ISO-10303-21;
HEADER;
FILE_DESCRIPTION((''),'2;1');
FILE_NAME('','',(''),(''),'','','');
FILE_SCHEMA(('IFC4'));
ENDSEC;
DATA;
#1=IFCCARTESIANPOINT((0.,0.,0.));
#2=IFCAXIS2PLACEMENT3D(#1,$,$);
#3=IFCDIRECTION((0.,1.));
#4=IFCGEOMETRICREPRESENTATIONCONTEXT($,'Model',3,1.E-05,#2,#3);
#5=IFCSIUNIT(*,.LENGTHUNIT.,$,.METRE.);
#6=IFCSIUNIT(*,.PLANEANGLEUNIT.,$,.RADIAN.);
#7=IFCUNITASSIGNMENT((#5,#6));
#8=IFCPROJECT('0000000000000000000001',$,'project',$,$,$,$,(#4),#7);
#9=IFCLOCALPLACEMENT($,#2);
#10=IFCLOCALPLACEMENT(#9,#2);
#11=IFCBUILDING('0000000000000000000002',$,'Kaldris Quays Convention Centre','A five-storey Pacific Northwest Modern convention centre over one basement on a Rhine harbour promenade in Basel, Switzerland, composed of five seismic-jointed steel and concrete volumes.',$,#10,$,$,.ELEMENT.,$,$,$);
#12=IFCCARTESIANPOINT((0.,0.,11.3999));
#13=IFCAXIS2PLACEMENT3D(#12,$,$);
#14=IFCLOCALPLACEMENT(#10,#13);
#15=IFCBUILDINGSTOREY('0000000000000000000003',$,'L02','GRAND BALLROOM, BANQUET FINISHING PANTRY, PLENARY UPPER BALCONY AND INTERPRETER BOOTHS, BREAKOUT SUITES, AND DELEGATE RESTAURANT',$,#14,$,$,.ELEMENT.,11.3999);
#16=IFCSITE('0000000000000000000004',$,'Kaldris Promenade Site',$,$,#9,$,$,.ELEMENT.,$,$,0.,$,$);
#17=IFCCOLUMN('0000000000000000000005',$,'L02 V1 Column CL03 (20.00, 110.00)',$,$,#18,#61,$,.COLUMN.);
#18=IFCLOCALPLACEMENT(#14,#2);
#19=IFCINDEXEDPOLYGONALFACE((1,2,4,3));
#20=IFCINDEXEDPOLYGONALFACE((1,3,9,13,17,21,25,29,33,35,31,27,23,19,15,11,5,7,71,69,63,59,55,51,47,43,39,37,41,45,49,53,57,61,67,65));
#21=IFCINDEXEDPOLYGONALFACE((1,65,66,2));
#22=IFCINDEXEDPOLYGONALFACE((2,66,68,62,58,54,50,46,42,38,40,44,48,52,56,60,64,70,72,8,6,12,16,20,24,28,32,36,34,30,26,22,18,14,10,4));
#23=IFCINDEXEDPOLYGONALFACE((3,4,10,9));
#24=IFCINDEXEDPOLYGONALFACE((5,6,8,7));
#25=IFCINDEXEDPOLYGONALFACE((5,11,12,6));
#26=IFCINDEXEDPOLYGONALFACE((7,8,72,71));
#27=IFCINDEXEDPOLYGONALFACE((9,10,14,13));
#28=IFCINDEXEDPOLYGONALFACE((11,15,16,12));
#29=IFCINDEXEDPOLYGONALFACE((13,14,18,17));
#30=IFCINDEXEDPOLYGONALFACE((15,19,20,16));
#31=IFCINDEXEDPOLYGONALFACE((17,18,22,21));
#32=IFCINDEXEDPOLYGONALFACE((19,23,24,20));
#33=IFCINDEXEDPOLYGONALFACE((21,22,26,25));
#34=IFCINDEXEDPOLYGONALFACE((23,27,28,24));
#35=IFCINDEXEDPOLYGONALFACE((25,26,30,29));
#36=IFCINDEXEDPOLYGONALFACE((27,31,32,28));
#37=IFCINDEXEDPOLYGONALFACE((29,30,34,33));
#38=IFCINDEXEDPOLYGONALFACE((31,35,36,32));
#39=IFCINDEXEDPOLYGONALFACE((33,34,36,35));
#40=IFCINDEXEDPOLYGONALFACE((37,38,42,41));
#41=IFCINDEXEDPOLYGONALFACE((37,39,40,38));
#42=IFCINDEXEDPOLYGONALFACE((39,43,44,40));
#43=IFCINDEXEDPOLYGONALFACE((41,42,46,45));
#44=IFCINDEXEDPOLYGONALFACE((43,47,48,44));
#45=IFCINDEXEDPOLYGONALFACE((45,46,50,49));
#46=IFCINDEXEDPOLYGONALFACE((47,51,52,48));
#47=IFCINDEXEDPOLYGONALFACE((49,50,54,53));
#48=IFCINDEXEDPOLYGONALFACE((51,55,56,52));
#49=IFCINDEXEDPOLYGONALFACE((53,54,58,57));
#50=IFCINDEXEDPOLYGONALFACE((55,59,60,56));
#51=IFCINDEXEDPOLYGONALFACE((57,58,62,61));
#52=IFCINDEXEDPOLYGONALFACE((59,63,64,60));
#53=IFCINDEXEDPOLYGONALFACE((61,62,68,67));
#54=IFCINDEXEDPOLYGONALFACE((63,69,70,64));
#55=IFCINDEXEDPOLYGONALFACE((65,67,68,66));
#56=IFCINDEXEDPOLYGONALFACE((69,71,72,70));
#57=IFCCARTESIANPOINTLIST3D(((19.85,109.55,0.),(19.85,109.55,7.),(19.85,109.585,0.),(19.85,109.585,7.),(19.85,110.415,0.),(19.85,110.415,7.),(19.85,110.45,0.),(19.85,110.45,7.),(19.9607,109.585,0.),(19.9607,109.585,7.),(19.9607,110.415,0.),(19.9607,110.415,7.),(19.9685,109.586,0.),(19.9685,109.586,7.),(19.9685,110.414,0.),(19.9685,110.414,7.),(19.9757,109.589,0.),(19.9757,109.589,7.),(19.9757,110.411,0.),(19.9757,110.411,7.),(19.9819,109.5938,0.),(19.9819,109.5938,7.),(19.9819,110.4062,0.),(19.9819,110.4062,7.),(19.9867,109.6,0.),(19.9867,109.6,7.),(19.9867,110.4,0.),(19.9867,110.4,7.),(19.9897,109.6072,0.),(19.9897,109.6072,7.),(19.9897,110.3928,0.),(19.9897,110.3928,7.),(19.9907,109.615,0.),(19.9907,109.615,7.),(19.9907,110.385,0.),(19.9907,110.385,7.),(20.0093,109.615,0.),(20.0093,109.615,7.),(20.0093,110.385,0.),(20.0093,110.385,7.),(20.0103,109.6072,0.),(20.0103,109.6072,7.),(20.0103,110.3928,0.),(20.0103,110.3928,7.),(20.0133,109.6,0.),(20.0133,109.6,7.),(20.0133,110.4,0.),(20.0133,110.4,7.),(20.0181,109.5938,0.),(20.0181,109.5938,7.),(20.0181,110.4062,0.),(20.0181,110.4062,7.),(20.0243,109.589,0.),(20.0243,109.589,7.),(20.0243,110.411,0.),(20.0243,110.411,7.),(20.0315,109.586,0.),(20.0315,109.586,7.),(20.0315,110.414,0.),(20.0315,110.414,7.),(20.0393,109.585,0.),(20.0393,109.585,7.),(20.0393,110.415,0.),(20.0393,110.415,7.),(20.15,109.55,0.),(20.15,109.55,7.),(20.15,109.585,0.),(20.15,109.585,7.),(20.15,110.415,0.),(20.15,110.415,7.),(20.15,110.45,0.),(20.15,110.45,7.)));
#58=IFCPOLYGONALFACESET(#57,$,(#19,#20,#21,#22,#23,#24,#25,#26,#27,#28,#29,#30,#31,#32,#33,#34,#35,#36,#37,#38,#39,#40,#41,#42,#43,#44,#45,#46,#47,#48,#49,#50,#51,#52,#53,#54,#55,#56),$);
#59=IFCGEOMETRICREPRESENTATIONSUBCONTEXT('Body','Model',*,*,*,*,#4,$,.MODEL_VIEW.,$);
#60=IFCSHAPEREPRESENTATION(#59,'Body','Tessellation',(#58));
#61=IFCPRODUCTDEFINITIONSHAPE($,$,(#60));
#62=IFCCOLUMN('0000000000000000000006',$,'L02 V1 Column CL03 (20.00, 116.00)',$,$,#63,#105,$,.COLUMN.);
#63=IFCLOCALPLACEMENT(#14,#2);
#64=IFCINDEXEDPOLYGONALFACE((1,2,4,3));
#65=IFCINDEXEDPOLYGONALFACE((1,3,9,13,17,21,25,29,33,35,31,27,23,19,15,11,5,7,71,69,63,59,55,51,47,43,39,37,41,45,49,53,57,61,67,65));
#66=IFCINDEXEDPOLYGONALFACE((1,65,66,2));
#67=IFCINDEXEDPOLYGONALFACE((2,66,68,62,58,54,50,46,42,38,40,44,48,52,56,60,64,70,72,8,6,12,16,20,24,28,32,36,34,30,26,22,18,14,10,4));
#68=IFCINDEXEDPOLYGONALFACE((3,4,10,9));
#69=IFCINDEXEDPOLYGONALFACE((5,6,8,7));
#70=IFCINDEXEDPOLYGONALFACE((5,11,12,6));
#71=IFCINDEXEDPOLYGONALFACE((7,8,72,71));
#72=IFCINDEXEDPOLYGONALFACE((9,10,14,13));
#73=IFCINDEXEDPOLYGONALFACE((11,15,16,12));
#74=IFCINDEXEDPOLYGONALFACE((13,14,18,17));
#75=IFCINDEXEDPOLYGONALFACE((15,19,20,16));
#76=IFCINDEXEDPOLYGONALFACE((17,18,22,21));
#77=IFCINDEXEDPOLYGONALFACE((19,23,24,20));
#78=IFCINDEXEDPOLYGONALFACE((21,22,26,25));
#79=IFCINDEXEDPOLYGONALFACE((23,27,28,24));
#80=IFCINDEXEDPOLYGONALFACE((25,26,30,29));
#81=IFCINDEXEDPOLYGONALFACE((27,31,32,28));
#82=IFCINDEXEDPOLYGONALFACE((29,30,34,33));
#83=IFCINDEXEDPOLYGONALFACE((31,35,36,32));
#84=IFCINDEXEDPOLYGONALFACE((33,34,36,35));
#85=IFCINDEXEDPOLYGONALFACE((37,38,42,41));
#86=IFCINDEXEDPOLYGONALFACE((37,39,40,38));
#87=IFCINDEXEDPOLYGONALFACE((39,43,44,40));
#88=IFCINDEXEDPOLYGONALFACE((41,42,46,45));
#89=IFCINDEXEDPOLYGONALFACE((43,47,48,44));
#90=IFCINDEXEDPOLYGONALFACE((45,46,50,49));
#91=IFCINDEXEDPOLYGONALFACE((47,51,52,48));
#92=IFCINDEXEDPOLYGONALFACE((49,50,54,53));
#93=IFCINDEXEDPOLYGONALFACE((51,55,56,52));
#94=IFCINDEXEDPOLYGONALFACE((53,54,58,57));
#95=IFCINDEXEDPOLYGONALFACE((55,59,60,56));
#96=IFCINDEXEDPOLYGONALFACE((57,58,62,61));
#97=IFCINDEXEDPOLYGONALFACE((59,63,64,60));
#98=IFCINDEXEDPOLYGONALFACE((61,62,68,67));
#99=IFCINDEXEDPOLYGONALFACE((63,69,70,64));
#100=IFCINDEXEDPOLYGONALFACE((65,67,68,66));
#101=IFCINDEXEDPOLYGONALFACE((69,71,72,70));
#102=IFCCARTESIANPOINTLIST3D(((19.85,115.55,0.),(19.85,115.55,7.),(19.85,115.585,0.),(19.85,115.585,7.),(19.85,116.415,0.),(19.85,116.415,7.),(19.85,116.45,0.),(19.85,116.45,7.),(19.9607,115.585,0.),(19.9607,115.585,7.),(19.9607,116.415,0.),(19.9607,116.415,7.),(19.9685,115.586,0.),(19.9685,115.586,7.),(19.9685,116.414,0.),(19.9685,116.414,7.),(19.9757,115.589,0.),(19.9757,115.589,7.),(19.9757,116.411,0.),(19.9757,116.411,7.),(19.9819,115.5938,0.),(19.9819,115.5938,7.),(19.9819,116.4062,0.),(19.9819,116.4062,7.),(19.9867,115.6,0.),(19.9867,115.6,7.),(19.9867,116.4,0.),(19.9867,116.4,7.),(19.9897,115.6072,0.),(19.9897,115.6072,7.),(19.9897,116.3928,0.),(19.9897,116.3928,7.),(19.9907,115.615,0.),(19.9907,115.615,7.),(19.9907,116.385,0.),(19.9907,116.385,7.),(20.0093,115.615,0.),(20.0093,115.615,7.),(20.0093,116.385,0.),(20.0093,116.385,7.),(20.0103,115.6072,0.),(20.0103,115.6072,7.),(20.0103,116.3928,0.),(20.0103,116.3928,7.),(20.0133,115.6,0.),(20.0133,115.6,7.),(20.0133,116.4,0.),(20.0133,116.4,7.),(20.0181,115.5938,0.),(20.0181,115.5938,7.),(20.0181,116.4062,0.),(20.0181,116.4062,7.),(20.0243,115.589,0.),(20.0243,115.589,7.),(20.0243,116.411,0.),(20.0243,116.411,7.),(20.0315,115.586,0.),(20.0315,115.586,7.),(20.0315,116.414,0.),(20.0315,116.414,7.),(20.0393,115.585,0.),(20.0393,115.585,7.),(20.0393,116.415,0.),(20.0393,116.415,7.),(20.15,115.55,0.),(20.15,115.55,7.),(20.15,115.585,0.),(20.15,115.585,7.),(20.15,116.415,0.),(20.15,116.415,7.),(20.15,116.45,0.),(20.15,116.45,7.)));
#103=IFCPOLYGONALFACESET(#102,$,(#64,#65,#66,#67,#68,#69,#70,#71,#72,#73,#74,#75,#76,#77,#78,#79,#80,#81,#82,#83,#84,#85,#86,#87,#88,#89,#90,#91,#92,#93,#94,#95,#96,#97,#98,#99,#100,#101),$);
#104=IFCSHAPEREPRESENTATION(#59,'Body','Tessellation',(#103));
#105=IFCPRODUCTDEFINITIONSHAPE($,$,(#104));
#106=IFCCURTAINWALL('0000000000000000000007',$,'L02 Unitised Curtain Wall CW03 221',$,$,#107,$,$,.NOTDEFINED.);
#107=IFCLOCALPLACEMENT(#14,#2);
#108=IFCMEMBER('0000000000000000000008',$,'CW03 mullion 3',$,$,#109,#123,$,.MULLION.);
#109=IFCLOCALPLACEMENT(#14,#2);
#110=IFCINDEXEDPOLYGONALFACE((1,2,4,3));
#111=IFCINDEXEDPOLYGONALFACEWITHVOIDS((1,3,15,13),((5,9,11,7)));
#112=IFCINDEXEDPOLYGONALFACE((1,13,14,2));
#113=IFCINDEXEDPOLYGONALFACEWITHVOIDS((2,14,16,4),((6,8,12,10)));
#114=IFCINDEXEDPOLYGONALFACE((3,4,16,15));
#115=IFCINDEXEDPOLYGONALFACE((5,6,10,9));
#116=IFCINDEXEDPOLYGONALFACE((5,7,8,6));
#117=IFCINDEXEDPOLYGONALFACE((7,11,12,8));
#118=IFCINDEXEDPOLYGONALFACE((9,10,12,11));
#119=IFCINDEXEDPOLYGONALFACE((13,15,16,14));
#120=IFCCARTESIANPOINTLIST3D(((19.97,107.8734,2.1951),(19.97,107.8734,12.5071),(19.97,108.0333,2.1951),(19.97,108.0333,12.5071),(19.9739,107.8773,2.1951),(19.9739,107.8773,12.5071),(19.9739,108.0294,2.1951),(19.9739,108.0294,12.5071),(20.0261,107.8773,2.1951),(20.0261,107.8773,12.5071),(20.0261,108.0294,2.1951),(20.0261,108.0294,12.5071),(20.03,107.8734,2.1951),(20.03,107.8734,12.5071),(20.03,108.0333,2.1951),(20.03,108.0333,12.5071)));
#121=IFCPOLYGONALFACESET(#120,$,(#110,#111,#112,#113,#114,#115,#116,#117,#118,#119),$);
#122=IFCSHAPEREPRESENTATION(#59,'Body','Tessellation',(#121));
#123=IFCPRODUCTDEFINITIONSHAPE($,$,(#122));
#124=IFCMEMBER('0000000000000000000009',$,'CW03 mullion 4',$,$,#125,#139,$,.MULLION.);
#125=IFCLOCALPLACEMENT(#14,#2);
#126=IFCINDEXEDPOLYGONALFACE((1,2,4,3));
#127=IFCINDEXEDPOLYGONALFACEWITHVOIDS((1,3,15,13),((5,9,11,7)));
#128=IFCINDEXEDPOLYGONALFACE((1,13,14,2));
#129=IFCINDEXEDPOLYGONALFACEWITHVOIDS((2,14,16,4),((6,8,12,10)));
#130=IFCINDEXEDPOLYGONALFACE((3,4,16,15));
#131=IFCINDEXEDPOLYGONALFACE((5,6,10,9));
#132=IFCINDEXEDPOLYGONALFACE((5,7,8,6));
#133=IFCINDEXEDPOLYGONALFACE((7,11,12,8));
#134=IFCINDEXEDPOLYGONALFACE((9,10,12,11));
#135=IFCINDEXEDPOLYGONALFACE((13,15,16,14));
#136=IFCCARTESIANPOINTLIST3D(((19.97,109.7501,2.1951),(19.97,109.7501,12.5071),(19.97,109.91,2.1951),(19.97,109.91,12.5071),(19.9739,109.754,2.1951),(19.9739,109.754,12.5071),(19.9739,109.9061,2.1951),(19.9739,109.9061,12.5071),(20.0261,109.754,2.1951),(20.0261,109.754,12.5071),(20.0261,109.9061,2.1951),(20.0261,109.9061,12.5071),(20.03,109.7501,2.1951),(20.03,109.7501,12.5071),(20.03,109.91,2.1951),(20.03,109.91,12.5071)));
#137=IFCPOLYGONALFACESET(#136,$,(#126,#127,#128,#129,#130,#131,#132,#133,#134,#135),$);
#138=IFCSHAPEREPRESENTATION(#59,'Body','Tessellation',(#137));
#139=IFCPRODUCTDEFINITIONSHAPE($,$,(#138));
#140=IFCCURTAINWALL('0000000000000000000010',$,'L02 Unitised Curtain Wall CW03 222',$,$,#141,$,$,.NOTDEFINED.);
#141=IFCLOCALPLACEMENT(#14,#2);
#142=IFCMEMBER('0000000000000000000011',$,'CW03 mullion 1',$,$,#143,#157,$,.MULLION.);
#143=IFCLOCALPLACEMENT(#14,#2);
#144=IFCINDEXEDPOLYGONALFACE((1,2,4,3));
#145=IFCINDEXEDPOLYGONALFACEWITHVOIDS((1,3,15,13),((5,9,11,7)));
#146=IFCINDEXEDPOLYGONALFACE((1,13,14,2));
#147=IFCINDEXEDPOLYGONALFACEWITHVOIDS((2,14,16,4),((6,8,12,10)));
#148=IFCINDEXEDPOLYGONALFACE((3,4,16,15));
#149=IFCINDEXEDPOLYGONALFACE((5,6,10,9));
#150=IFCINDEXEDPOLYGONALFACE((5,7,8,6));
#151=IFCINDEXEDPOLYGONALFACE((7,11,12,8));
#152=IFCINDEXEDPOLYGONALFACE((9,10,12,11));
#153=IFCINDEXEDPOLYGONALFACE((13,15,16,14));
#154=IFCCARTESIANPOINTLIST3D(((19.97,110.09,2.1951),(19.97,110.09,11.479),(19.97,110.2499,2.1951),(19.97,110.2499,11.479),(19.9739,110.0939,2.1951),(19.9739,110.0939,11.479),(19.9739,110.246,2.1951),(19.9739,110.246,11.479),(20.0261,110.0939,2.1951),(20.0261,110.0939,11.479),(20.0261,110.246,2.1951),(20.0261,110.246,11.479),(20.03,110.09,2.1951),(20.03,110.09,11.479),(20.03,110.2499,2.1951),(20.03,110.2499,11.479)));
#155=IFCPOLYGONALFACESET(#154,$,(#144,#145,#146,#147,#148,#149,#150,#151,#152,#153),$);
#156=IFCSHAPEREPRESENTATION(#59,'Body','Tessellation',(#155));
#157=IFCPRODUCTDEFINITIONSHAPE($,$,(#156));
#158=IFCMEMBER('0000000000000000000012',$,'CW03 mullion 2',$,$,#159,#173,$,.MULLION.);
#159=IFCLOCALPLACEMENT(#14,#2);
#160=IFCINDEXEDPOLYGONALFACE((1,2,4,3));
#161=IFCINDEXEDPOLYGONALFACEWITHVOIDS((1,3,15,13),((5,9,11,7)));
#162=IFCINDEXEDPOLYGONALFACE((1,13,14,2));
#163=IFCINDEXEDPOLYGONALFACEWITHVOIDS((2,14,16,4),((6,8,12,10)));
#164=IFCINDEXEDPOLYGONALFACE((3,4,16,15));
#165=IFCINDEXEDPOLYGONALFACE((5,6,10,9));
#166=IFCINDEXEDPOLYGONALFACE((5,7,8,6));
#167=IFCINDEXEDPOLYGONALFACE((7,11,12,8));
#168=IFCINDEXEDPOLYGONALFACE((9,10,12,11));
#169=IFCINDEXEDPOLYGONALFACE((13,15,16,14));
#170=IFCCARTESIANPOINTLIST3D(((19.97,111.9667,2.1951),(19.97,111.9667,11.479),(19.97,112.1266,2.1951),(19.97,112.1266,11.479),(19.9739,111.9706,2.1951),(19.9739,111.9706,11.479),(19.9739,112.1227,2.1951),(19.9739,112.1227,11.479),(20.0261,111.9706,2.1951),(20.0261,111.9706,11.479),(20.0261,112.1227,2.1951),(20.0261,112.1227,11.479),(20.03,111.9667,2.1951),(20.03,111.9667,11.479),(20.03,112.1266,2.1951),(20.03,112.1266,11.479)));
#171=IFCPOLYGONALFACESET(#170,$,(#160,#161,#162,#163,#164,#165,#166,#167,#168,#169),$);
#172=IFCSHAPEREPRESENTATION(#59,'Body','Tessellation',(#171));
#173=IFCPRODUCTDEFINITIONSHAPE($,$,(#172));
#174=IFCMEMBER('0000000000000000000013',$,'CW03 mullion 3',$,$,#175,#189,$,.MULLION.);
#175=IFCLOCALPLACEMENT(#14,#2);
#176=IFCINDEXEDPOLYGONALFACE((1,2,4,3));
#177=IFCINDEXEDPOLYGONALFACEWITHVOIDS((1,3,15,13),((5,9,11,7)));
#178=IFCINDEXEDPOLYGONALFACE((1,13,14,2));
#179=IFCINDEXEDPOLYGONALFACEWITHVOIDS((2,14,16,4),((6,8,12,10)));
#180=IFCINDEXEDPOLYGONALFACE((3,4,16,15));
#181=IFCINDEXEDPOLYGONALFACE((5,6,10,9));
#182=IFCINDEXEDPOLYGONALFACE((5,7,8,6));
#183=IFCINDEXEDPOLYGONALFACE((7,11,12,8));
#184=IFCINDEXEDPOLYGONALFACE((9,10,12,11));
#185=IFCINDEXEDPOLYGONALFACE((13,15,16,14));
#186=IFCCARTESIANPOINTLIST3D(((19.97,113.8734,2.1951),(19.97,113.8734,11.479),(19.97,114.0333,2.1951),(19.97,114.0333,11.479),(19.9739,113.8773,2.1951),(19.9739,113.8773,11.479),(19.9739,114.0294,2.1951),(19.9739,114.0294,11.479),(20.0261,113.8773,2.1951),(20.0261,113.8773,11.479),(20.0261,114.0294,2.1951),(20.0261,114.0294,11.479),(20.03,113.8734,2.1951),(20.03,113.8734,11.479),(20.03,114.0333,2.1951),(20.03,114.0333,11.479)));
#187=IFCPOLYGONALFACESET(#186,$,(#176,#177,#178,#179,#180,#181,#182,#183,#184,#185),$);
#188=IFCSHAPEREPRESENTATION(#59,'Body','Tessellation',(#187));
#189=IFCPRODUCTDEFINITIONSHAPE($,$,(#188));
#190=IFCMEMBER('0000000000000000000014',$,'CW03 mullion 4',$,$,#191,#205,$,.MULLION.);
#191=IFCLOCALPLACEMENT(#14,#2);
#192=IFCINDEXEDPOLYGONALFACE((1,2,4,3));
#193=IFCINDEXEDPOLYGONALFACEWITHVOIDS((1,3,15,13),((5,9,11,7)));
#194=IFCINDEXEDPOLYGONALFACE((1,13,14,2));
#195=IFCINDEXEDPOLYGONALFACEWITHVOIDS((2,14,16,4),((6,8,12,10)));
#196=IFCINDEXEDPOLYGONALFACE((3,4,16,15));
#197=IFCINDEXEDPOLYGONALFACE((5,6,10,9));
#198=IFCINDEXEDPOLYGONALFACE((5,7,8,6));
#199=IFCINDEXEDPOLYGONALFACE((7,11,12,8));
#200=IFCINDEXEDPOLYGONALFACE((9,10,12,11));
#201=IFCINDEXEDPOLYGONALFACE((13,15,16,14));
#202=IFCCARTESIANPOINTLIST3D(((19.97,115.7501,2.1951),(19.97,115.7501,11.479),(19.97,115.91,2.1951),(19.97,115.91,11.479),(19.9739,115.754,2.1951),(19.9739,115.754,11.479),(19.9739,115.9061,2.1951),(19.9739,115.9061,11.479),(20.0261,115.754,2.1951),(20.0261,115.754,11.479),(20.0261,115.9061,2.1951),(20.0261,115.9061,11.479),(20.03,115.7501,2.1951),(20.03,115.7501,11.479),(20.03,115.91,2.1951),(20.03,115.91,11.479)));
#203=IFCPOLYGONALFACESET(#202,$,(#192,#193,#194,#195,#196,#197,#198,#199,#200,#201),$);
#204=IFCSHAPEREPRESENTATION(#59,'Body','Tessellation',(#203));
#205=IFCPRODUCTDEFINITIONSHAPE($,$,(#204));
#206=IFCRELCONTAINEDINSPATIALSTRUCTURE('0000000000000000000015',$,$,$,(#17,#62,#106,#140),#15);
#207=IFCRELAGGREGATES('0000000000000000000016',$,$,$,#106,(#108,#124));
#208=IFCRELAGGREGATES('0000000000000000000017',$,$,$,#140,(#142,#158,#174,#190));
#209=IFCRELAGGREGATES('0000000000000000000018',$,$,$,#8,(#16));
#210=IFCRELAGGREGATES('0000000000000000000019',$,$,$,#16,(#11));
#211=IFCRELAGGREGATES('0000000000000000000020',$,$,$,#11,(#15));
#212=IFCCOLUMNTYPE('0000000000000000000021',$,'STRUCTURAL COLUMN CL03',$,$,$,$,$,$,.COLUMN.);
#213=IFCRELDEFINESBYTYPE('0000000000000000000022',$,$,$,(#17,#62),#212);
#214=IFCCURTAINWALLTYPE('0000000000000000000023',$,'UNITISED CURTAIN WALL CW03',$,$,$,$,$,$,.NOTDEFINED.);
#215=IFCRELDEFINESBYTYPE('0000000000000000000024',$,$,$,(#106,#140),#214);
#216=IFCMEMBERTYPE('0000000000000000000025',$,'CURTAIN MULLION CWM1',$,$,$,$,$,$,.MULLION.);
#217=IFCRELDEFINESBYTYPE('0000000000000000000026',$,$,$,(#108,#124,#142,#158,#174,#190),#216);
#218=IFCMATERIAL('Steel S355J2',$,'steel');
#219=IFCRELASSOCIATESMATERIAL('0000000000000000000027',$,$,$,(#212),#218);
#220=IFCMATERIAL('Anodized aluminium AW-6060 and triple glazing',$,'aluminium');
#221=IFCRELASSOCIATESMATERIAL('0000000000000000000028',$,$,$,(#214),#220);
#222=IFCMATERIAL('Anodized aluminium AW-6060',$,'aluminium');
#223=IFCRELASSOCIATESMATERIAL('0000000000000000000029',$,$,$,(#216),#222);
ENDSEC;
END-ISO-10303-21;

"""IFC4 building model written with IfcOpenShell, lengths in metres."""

from ifc_helpers import new_model, si_unit, direction, frame, origin, origin_2d, place, context, subcontext, project, spatial, hollow_rectangle, i_section, extrude, material, material_profile, profile_set, type_object, element, aggregate, save


model = new_model("IFC4")

# Units and contexts
model_context = context("Model", 3, precision=1e-05, world=origin(), true_north=direction((0.0, 1.0)))
body_context = subcontext(model_context, "Body", "Model", "MODEL_VIEW")
ifc_project = project(units=[si_unit("LENGTHUNIT", "METRE"), si_unit("PLANEANGLEUNIT", "RADIAN")], contexts=[model_context])

# Site, building, storey
site_placement = place(None, origin())
site = spatial("IfcSite", under=ifc_project, at=site_placement, Name="Kaldris Promenade Site", CompositionType="ELEMENT", RefElevation=0.0)
building_placement = place(site_placement, origin())
building = spatial("IfcBuilding", under=site, at=building_placement, Name="Kaldris Quays Convention Centre", Description="A five-storey Pacific Northwest Modern convention centre over one basement on a Rhine harbour promenade in Basel, Switzerland, composed of five seismic-jointed steel and concrete volumes.", CompositionType="ELEMENT")
storey_placement = place(building_placement, frame((0.0, 0.0, 11.3999)))
storey = spatial("IfcBuildingStorey", under=building, at=storey_placement, Name="L02", Description="GRAND BALLROOM, BANQUET FINISHING PANTRY, PLENARY UPPER BALCONY AND INTERPRETER BOOTHS, BREAKOUT SUITES, AND DELEGATE RESTAURANT", CompositionType="ELEMENT", Elevation=11.3999)

# Columns
ifc_material_1 = material(Name="Steel S355J2", Category="steel")
ifc_material_profile_1 = material_profile(ifc_material_1, i_section(OverallWidth=0.3, OverallDepth=0.8999, WebThickness=0.0186, FlangeThickness=0.0349, FilletRadius=0.03, at=origin_2d()), Name="HEB 900")
ifc_profile_set_1 = profile_set([ifc_material_profile_1], Name="Steel S355J2")
column_type = type_object("IfcColumnType", Name="STRUCTURAL COLUMN CL03", PredefinedType="COLUMN", material=ifc_profile_set_1)
for number, where, z_axis, x_axis, name in (
    (1, (20.0, 110.0, 0.0), (0.0, 0.0, 1.0), (1.0, 0.0, 0.0), "L02 V1 Column CL03 (20.00, 110.00)"),
    (2, (20.0, 116.0, 0.0), (0.0, 0.0, 1.0), (1.0, 0.0, 0.0), "L02 V1 Column CL03 (20.00, 116.00)"),
):
    element("IfcColumn", number, at=place(storey_placement, frame(where, z_axis=z_axis, x_axis=x_axis)), inside=storey, type_object=column_type, Name=name, PredefinedType="COLUMN", context=body_context, shape_type="SweptSolid", body=[
        extrude(i_section(OverallWidth=0.3, OverallDepth=0.8999, WebThickness=0.0186, FlangeThickness=0.0349, FilletRadius=0.03, at=origin_2d()), origin(), (0.0, 0.0, 1.0), 7.0),
    ])

# Curtain walls, members
ifc_material_2 = material(Name="Anodized aluminium AW-6060 and triple glazing", Category="aluminium")
curtain_wall_type = type_object("IfcCurtainWallType", Name="UNITISED CURTAIN WALL CW03", PredefinedType="NOTDEFINED", material=ifc_material_2)
curtain_wall_1_placement = place(storey_placement, origin())
curtain_wall_1 = element("IfcCurtainWall", 3, at=curtain_wall_1_placement, inside=storey, type_object=curtain_wall_type, Name="L02 Unitised Curtain Wall CW03 221", PredefinedType="NOTDEFINED")
ifc_material_3 = material(Name="Anodized aluminium AW-6060", Category="aluminium")
ifc_material_profile_2 = material_profile(ifc_material_3, hollow_rectangle(XDim=0.0601, YDim=0.1599, WallThickness=0.0039, at=origin_2d()), Name="RHS 160x60x4")
ifc_profile_set_2 = profile_set([ifc_material_profile_2], Name="Anodized aluminium AW-6060")
member_type_1 = type_object("IfcMemberType", Name="CURTAIN MULLION CWM1", PredefinedType="MULLION", material=ifc_profile_set_2)
member_1_placement = place(storey_placement, frame((20.0, 107.9534, 2.1951), z_axis=(0.0, 0.0, 1.0), x_axis=(-1.0, 0.0, 0.0)))
member_1 = element("IfcMember", 4, at=member_1_placement, type_object=member_type_1, Name="CW03 mullion 3", PredefinedType="MULLION", context=body_context, shape_type="SweptSolid", body=[
    extrude(hollow_rectangle(XDim=0.0601, YDim=0.1599, WallThickness=0.0039, at=origin_2d()), origin(), (0.0, 0.0, 1.0), 10.312),
])
member_2_placement = place(storey_placement, frame((20.0, 109.8301, 2.1951), z_axis=(0.0, 0.0, 1.0), x_axis=(-1.0, 0.0, 0.0)))
member_2 = element("IfcMember", 5, at=member_2_placement, type_object=member_type_1, Name="CW03 mullion 4", PredefinedType="MULLION", context=body_context, shape_type="SweptSolid", body=[
    extrude(hollow_rectangle(XDim=0.0601, YDim=0.1599, WallThickness=0.0039, at=origin_2d()), origin(), (0.0, 0.0, 1.0), 10.312),
])
curtain_wall_2_placement = place(storey_placement, origin())
curtain_wall_2 = element("IfcCurtainWall", 6, at=curtain_wall_2_placement, inside=storey, type_object=curtain_wall_type, Name="L02 Unitised Curtain Wall CW03 222", PredefinedType="NOTDEFINED")
member_3_placement = place(storey_placement, frame((20.0, 110.1699, 2.1951), z_axis=(0.0, 0.0, 1.0), x_axis=(-1.0, 0.0, 0.0)))
member_3 = element("IfcMember", 7, at=member_3_placement, type_object=member_type_1, Name="CW03 mullion 1", PredefinedType="MULLION", context=body_context, shape_type="SweptSolid", body=[
    extrude(hollow_rectangle(XDim=0.0601, YDim=0.1599, WallThickness=0.0039, at=origin_2d()), origin(), (0.0, 0.0, 1.0), 9.2839),
])
member_4_placement = place(storey_placement, frame((20.0, 112.0466, 2.1951), z_axis=(0.0, 0.0, 1.0), x_axis=(-1.0, 0.0, 0.0)))
member_4 = element("IfcMember", 8, at=member_4_placement, type_object=member_type_1, Name="CW03 mullion 2", PredefinedType="MULLION", context=body_context, shape_type="SweptSolid", body=[
    extrude(hollow_rectangle(XDim=0.0601, YDim=0.1599, WallThickness=0.0039, at=origin_2d()), origin(), (0.0, 0.0, 1.0), 9.2839),
])
member_5_placement = place(storey_placement, frame((20.0, 113.9534, 2.1951), z_axis=(0.0, 0.0, 1.0), x_axis=(-1.0, 0.0, 0.0)))
member_5 = element("IfcMember", 9, at=member_5_placement, type_object=member_type_1, Name="CW03 mullion 3", PredefinedType="MULLION", context=body_context, shape_type="SweptSolid", body=[
    extrude(hollow_rectangle(XDim=0.0601, YDim=0.1599, WallThickness=0.0039, at=origin_2d()), origin(), (0.0, 0.0, 1.0), 9.2839),
])
member_6_placement = place(storey_placement, frame((20.0, 115.8301, 2.1951), z_axis=(0.0, 0.0, 1.0), x_axis=(-1.0, 0.0, 0.0)))
member_6 = element("IfcMember", 10, at=member_6_placement, type_object=member_type_1, Name="CW03 mullion 4", PredefinedType="MULLION", context=body_context, shape_type="SweptSolid", body=[
    extrude(hollow_rectangle(XDim=0.0601, YDim=0.1599, WallThickness=0.0039, at=origin_2d()), origin(), (0.0, 0.0, 1.0), 9.2839),
])

aggregate(curtain_wall_1, [member_1, member_2])
aggregate(curtain_wall_2, [member_3, member_4, member_5, member_6])

save(model, "model.ifc")
